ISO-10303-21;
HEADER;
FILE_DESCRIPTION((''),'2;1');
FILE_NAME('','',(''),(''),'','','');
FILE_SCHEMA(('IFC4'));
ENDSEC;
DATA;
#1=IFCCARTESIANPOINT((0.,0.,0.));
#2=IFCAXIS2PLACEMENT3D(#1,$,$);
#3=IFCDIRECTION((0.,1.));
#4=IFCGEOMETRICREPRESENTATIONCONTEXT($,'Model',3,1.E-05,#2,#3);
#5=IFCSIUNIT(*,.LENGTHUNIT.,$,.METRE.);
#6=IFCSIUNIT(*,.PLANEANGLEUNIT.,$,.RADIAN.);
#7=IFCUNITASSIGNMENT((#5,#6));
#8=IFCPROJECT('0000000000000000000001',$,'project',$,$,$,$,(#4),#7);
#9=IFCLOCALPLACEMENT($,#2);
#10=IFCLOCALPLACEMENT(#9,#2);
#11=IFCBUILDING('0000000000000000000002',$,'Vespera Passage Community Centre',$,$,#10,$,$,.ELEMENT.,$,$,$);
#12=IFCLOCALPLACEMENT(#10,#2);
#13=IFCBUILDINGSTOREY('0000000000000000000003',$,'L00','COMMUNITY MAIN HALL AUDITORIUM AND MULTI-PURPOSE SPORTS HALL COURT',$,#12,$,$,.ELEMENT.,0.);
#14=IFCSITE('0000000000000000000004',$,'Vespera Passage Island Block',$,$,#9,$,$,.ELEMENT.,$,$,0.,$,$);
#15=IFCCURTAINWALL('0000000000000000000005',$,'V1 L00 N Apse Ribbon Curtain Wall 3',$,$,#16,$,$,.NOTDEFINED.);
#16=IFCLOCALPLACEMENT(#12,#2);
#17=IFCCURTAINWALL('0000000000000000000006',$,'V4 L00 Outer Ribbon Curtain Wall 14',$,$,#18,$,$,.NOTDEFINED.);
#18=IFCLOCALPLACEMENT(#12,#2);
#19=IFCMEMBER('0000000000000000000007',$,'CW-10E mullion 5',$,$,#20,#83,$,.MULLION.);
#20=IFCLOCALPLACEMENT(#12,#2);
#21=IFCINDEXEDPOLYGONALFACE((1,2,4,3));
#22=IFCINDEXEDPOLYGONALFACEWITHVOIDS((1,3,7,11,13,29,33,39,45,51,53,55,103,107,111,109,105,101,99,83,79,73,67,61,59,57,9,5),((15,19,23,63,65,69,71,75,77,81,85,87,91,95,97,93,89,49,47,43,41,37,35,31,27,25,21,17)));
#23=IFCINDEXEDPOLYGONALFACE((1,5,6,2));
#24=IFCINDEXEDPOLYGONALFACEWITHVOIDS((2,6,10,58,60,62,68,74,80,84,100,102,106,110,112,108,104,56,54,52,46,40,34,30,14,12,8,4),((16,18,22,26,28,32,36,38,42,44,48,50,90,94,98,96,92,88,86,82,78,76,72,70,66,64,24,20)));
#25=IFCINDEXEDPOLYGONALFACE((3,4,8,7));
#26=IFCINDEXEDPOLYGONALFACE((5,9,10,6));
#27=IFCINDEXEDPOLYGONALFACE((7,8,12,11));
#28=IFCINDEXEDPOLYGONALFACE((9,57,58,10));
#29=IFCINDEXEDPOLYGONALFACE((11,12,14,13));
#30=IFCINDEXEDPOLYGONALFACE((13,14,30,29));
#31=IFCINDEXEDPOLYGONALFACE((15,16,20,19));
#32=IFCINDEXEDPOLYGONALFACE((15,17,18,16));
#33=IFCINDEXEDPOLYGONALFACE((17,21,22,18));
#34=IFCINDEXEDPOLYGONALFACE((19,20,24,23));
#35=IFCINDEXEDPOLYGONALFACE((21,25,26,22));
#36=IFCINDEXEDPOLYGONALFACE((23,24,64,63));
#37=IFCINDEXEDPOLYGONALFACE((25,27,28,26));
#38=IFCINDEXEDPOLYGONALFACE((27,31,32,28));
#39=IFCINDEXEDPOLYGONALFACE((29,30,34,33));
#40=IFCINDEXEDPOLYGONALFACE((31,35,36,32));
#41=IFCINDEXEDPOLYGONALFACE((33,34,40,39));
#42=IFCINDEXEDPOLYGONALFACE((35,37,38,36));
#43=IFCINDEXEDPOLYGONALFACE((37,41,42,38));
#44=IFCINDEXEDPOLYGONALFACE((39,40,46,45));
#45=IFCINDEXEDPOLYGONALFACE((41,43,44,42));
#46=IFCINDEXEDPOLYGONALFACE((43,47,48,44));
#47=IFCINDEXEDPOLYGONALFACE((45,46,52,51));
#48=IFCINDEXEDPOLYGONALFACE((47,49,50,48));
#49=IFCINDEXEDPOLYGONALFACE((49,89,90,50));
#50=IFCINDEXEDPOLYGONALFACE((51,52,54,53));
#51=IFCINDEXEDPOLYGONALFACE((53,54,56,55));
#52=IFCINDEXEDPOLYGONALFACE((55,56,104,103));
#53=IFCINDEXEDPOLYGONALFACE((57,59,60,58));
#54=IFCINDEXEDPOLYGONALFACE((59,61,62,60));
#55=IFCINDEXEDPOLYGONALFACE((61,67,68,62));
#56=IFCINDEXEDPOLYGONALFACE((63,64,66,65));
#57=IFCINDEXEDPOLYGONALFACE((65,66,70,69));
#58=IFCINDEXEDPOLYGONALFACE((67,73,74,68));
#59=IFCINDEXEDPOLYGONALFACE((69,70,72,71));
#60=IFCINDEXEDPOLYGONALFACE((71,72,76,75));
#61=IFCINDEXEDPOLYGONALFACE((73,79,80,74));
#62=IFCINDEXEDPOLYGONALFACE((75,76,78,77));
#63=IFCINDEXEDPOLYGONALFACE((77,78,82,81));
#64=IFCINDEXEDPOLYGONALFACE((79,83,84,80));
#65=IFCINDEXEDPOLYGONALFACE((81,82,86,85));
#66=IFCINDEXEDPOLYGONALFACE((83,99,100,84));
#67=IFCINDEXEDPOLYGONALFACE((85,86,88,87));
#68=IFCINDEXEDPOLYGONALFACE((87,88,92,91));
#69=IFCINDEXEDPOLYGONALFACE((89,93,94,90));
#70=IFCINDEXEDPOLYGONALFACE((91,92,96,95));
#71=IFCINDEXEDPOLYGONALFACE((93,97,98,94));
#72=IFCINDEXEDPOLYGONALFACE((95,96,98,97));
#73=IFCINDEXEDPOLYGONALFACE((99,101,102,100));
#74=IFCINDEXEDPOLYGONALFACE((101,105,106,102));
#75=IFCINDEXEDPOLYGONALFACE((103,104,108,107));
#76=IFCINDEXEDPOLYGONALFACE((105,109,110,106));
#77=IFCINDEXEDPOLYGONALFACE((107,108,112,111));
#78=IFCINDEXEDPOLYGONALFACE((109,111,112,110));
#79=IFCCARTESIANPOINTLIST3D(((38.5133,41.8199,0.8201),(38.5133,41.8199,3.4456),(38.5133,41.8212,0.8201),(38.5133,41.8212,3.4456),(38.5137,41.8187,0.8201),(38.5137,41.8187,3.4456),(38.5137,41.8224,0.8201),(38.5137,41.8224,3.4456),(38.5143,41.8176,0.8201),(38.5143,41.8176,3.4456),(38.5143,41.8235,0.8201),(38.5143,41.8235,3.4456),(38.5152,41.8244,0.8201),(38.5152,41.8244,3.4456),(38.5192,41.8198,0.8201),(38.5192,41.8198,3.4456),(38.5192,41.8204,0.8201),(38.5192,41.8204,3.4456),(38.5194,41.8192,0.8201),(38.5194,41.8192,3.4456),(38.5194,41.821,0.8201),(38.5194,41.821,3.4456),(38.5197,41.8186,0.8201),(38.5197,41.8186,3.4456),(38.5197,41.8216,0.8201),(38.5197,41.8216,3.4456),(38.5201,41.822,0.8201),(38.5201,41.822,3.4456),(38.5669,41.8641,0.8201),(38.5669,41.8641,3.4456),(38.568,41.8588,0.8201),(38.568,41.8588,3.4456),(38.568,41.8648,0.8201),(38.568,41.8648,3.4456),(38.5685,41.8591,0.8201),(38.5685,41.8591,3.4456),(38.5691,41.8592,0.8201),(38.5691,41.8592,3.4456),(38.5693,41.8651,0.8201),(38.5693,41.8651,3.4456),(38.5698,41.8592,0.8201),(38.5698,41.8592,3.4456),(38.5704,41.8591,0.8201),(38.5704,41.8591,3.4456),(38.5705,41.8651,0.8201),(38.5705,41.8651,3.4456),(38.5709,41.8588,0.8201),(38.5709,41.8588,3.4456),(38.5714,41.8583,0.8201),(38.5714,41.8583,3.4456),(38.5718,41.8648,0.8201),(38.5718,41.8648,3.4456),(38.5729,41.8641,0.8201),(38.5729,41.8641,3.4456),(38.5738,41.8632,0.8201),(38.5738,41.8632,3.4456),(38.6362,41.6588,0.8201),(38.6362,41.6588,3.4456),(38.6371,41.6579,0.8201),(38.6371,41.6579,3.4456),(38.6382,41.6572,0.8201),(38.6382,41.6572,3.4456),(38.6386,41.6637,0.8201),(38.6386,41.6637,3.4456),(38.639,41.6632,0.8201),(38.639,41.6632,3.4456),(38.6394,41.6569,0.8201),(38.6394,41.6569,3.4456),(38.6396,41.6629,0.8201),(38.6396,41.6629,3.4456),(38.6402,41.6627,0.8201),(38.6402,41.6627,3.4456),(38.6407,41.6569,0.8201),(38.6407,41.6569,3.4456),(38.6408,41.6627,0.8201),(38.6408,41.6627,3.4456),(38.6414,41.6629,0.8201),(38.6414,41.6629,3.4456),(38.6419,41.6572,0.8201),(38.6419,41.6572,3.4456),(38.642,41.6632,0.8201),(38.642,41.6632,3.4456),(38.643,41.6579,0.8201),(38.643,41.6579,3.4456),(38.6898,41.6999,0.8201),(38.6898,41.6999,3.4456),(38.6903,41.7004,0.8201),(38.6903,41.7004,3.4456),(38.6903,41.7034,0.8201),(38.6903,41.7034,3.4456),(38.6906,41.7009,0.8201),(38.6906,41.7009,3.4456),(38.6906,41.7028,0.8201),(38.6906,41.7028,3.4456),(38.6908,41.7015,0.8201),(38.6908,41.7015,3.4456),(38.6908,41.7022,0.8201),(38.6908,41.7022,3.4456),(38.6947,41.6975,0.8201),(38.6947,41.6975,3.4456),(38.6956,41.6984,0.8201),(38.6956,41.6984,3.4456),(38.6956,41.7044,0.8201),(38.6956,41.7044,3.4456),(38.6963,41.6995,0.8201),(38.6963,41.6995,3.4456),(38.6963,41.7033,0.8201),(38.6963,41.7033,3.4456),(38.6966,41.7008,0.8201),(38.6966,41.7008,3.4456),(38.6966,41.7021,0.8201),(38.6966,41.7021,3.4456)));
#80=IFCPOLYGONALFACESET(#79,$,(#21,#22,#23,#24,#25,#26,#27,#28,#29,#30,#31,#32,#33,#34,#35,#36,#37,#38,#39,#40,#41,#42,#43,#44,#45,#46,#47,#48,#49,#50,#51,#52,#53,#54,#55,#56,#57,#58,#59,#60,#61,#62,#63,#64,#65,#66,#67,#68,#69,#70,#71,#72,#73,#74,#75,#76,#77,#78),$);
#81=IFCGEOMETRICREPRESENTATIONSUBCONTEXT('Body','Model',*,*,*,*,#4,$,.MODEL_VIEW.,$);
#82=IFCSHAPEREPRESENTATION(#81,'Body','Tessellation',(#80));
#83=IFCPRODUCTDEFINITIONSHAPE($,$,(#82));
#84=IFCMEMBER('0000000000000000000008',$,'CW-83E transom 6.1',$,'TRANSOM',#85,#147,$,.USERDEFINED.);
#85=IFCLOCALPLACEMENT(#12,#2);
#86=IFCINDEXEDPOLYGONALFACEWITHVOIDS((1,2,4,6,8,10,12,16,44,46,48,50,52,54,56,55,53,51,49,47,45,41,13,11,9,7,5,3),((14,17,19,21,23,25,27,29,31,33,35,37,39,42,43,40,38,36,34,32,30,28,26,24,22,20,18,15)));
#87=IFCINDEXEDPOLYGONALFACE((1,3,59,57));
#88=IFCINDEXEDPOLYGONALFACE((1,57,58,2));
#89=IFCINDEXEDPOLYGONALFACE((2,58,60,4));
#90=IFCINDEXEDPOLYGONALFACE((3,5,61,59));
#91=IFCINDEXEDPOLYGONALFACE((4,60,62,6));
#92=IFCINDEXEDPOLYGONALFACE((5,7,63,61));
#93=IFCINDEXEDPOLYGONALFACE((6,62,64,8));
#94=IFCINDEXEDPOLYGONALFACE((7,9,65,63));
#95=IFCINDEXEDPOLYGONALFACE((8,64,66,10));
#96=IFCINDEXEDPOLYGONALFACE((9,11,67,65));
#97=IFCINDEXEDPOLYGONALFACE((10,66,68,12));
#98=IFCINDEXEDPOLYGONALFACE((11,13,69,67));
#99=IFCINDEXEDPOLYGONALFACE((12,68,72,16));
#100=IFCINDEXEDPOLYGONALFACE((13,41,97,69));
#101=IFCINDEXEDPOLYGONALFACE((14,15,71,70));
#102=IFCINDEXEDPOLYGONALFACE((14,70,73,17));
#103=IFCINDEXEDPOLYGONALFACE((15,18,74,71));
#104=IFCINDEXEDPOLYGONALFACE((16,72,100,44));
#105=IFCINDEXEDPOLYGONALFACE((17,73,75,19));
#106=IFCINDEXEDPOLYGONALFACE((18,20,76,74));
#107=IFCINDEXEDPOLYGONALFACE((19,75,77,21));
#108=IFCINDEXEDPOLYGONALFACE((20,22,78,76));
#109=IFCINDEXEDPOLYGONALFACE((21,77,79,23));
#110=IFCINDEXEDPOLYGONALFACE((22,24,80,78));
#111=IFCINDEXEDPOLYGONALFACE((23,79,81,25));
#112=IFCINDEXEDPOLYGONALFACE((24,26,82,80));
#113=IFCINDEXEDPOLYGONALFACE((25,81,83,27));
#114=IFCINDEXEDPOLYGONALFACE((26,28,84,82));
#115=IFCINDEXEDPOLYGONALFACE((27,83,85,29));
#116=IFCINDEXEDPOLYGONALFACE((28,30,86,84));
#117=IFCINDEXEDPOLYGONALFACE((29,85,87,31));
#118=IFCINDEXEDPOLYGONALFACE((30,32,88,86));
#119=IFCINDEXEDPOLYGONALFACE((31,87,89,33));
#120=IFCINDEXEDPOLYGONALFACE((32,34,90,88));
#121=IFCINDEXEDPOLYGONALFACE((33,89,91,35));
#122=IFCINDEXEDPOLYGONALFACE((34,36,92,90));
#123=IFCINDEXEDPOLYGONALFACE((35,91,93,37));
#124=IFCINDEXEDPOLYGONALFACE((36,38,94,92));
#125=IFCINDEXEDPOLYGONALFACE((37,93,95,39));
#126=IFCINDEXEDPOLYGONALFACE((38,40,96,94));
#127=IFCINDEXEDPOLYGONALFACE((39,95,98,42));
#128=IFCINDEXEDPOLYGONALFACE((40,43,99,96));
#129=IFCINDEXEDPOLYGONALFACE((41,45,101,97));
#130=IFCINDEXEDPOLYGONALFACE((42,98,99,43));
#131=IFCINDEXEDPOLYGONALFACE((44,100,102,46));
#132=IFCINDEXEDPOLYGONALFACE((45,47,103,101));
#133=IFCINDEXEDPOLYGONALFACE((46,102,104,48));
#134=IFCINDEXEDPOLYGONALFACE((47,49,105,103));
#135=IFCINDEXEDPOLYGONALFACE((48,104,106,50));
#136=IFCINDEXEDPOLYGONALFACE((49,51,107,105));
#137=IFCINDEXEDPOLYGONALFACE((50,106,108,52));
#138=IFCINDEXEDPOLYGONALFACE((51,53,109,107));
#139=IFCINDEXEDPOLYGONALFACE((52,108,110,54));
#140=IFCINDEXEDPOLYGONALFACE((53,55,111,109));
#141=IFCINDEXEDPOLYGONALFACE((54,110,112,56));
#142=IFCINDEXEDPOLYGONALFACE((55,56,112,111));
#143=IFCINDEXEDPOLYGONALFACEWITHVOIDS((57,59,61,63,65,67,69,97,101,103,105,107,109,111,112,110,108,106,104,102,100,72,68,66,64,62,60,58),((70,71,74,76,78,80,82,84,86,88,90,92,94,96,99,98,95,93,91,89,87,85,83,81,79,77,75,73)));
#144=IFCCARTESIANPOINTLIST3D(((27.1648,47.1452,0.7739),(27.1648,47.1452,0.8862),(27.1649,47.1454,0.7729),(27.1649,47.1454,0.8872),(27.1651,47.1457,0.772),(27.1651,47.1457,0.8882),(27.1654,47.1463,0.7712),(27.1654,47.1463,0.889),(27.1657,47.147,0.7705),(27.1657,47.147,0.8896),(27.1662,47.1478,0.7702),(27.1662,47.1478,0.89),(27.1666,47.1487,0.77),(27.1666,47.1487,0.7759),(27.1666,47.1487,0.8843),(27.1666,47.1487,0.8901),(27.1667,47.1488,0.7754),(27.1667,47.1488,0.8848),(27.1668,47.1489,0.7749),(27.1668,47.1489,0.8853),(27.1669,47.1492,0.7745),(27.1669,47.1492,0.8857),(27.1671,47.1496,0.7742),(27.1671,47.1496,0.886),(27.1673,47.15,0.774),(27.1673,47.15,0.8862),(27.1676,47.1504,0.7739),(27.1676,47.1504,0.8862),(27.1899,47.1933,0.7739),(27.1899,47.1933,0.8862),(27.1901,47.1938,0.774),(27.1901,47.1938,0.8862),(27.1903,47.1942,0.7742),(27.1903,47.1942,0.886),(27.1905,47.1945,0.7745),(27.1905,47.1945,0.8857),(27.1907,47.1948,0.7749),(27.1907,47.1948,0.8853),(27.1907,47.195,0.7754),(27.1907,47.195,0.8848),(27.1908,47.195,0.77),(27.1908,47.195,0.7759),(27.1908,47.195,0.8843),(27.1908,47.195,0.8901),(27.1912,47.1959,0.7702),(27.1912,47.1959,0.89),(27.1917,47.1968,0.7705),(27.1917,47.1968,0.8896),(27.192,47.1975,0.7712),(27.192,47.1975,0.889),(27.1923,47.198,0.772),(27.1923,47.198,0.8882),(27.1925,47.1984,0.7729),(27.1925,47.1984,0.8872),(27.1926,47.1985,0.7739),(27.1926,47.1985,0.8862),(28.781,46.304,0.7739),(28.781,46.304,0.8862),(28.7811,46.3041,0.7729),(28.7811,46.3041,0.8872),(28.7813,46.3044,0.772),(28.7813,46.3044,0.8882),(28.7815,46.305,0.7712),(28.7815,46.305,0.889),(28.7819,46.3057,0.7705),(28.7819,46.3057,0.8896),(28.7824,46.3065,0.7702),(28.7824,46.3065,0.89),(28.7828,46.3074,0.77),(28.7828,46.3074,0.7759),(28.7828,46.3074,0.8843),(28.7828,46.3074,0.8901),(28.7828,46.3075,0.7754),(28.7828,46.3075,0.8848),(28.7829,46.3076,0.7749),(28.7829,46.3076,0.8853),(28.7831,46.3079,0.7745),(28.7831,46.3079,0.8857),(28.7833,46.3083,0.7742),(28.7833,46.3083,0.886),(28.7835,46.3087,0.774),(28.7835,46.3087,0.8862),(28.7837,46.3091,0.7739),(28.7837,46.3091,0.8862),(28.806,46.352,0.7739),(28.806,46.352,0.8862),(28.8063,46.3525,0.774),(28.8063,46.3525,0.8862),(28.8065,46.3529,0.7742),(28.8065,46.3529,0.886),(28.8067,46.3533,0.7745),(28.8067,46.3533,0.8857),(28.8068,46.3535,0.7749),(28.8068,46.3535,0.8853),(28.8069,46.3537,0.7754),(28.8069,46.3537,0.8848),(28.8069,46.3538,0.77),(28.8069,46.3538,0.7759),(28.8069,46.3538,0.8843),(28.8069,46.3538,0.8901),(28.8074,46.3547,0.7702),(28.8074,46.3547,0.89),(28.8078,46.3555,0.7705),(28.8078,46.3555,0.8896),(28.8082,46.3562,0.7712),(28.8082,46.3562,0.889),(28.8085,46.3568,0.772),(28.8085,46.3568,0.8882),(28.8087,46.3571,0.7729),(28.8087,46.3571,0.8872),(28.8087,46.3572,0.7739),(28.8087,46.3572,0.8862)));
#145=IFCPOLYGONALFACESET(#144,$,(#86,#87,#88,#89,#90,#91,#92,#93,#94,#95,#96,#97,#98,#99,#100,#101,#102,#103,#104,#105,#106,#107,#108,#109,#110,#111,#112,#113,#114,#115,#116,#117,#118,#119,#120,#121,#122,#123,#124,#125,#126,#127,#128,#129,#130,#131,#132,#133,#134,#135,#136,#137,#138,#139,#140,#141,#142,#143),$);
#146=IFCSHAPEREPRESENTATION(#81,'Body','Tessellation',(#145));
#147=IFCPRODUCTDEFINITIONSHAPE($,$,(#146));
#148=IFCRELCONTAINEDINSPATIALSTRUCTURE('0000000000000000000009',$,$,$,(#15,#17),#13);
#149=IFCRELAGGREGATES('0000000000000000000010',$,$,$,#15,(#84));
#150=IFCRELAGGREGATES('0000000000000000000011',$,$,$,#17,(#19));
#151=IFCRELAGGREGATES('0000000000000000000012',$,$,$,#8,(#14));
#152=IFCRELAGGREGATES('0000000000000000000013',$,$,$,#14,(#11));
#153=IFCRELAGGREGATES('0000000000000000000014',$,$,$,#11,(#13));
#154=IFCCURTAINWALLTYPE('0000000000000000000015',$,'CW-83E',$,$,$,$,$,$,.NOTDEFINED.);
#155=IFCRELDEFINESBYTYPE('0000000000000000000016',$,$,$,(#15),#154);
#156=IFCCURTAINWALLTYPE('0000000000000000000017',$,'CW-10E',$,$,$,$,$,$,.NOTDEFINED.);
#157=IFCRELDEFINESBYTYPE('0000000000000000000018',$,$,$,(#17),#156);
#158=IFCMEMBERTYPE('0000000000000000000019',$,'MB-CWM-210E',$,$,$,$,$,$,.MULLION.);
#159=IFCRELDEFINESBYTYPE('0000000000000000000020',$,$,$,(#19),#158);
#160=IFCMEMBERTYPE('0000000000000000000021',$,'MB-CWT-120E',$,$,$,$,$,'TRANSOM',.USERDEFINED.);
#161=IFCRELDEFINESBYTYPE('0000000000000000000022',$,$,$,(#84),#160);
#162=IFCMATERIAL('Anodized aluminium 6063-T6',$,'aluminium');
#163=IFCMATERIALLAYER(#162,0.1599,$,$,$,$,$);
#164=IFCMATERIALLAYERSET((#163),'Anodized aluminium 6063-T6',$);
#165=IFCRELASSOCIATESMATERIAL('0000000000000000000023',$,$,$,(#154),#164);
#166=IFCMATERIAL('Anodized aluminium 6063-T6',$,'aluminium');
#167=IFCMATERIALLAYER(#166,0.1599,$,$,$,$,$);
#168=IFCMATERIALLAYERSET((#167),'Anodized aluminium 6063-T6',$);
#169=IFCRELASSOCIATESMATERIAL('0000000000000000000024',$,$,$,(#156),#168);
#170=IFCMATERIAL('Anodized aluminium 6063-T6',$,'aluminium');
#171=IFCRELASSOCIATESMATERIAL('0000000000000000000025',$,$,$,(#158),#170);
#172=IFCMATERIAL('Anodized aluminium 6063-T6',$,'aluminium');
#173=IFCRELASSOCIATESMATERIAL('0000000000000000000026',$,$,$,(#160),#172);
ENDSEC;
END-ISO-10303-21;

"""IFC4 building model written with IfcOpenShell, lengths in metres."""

from ifc_helpers import new_model, si_unit, direction, frame, origin, origin_2d, place, context, subcontext, project, spatial, hollow_rectangle, extrude, material, layer, layer_set, material_profile, profile_set, type_object, element, aggregate, save


model = new_model("IFC4")

# Units and contexts
model_context = context("Model", 3, precision=1e-05, world=origin(), true_north=direction((0.0, 1.0)))
body_context = subcontext(model_context, "Body", "Model", "MODEL_VIEW")
ifc_project = project(units=[si_unit("LENGTHUNIT", "METRE"), si_unit("PLANEANGLEUNIT", "RADIAN")], contexts=[model_context])

# Site, building, storey
site_placement = place(None, origin())
site = spatial("IfcSite", under=ifc_project, at=site_placement, Name="Vespera Passage Island Block", CompositionType="ELEMENT", RefElevation=0.0)
building_placement = place(site_placement, origin())
building = spatial("IfcBuilding", under=site, at=building_placement, Name="Vespera Passage Community Centre", CompositionType="ELEMENT")
storey_placement = place(building_placement, origin())
storey = spatial("IfcBuildingStorey", under=building, at=storey_placement, Name="L00", Description="COMMUNITY MAIN HALL AUDITORIUM AND MULTI-PURPOSE SPORTS HALL COURT", CompositionType="ELEMENT", Elevation=0.0)

# Curtain wall
ifc_material_1 = material(Name="Anodized aluminium 6063-T6", Category="aluminium")
ifc_layer_1 = layer(ifc_material_1, 0.1599)
ifc_layer_set_1 = layer_set([ifc_layer_1], Name="Anodized aluminium 6063-T6")
curtain_wall_type_1 = type_object("IfcCurtainWallType", Name="CW-83E", PredefinedType="NOTDEFINED", material=ifc_layer_set_1)
curtain_wall_1_placement = place(storey_placement, origin())
curtain_wall_1 = element("IfcCurtainWall", 1, at=curtain_wall_1_placement, inside=storey, type_object=curtain_wall_type_1, Name="V1 L00 N Apse Ribbon Curtain Wall 3", PredefinedType="NOTDEFINED")

# Curtain wall, member
ifc_material_2 = material(Name="Anodized aluminium 6063-T6", Category="aluminium")
ifc_layer_2 = layer(ifc_material_2, 0.1599)
ifc_layer_set_2 = layer_set([ifc_layer_2], Name="Anodized aluminium 6063-T6")
curtain_wall_type_2 = type_object("IfcCurtainWallType", Name="CW-10E", PredefinedType="NOTDEFINED", material=ifc_layer_set_2)
curtain_wall_2_placement = place(storey_placement, origin())
curtain_wall_2 = element("IfcCurtainWall", 2, at=curtain_wall_2_placement, inside=storey, type_object=curtain_wall_type_2, Name="V4 L00 Outer Ribbon Curtain Wall 14", PredefinedType="NOTDEFINED")
ifc_material_3 = material(Name="Anodized aluminium 6063-T6", Category="aluminium")
ifc_material_profile_1 = material_profile(ifc_material_3, hollow_rectangle(XDim=0.075, YDim=0.21, WallThickness=0.0049, InnerFilletRadius=0.0024, OuterFilletRadius=0.0049, at=origin_2d()), Name="ALU210X75X5")
ifc_profile_set_1 = profile_set([ifc_material_profile_1], Name="Anodized aluminium 6063-T6")
member_type_1 = type_object("IfcMemberType", Name="MB-CWM-210E", PredefinedType="MULLION", material=ifc_profile_set_1)
member_1_placement = place(storey_placement, frame((38.605, 41.761, 0.8201), z_axis=(0.0, 0.0, 1.0), x_axis=(-0.79335, -0.608765, 0.0)))
member_1 = element("IfcMember", 3, at=member_1_placement, type_object=member_type_1, Name="CW-10E mullion 5", PredefinedType="MULLION", context=body_context, shape_type="SweptSolid", body=[
    extrude(hollow_rectangle(XDim=0.075, YDim=0.21, WallThickness=0.0049, InnerFilletRadius=0.0024, OuterFilletRadius=0.0049, at=origin_2d()), origin(), (0.0, 0.0, 1.0), 2.6255),
])

# Member
ifc_material_4 = material(Name="Anodized aluminium 6063-T6", Category="aluminium")
ifc_material_profile_2 = material_profile(ifc_material_4, hollow_rectangle(XDim=0.0601, YDim=0.1201, WallThickness=0.0039, InnerFilletRadius=0.002, OuterFilletRadius=0.0039, at=origin_2d()), Name="ALU120X60X4")
ifc_profile_set_2 = profile_set([ifc_material_profile_2], Name="Anodized aluminium 6063-T6")
member_type_2 = type_object("IfcMemberType", Name="MB-CWT-120E", ElementType="TRANSOM", PredefinedType="USERDEFINED", material=ifc_profile_set_2)
member_2_placement = place(storey_placement, frame((27.1787, 47.1719, 0.8301), z_axis=(0.887019, -0.461732, 0.0), x_axis=(0.461732, 0.887019, 0.0)))
member_2 = element("IfcMember", 4, at=member_2_placement, type_object=member_type_2, Name="CW-83E transom 6.1", ObjectType="TRANSOM", PredefinedType="USERDEFINED", context=body_context, shape_type="SweptSolid", body=[
    extrude(hollow_rectangle(XDim=0.0601, YDim=0.1201, WallThickness=0.0039, InnerFilletRadius=0.002, OuterFilletRadius=0.0039, at=origin_2d()), origin(), (0.0, 0.0, 1.0), 1.822),
])

aggregate(curtain_wall_1, [member_2])
aggregate(curtain_wall_2, [member_1])

save(model, "model.ifc")
